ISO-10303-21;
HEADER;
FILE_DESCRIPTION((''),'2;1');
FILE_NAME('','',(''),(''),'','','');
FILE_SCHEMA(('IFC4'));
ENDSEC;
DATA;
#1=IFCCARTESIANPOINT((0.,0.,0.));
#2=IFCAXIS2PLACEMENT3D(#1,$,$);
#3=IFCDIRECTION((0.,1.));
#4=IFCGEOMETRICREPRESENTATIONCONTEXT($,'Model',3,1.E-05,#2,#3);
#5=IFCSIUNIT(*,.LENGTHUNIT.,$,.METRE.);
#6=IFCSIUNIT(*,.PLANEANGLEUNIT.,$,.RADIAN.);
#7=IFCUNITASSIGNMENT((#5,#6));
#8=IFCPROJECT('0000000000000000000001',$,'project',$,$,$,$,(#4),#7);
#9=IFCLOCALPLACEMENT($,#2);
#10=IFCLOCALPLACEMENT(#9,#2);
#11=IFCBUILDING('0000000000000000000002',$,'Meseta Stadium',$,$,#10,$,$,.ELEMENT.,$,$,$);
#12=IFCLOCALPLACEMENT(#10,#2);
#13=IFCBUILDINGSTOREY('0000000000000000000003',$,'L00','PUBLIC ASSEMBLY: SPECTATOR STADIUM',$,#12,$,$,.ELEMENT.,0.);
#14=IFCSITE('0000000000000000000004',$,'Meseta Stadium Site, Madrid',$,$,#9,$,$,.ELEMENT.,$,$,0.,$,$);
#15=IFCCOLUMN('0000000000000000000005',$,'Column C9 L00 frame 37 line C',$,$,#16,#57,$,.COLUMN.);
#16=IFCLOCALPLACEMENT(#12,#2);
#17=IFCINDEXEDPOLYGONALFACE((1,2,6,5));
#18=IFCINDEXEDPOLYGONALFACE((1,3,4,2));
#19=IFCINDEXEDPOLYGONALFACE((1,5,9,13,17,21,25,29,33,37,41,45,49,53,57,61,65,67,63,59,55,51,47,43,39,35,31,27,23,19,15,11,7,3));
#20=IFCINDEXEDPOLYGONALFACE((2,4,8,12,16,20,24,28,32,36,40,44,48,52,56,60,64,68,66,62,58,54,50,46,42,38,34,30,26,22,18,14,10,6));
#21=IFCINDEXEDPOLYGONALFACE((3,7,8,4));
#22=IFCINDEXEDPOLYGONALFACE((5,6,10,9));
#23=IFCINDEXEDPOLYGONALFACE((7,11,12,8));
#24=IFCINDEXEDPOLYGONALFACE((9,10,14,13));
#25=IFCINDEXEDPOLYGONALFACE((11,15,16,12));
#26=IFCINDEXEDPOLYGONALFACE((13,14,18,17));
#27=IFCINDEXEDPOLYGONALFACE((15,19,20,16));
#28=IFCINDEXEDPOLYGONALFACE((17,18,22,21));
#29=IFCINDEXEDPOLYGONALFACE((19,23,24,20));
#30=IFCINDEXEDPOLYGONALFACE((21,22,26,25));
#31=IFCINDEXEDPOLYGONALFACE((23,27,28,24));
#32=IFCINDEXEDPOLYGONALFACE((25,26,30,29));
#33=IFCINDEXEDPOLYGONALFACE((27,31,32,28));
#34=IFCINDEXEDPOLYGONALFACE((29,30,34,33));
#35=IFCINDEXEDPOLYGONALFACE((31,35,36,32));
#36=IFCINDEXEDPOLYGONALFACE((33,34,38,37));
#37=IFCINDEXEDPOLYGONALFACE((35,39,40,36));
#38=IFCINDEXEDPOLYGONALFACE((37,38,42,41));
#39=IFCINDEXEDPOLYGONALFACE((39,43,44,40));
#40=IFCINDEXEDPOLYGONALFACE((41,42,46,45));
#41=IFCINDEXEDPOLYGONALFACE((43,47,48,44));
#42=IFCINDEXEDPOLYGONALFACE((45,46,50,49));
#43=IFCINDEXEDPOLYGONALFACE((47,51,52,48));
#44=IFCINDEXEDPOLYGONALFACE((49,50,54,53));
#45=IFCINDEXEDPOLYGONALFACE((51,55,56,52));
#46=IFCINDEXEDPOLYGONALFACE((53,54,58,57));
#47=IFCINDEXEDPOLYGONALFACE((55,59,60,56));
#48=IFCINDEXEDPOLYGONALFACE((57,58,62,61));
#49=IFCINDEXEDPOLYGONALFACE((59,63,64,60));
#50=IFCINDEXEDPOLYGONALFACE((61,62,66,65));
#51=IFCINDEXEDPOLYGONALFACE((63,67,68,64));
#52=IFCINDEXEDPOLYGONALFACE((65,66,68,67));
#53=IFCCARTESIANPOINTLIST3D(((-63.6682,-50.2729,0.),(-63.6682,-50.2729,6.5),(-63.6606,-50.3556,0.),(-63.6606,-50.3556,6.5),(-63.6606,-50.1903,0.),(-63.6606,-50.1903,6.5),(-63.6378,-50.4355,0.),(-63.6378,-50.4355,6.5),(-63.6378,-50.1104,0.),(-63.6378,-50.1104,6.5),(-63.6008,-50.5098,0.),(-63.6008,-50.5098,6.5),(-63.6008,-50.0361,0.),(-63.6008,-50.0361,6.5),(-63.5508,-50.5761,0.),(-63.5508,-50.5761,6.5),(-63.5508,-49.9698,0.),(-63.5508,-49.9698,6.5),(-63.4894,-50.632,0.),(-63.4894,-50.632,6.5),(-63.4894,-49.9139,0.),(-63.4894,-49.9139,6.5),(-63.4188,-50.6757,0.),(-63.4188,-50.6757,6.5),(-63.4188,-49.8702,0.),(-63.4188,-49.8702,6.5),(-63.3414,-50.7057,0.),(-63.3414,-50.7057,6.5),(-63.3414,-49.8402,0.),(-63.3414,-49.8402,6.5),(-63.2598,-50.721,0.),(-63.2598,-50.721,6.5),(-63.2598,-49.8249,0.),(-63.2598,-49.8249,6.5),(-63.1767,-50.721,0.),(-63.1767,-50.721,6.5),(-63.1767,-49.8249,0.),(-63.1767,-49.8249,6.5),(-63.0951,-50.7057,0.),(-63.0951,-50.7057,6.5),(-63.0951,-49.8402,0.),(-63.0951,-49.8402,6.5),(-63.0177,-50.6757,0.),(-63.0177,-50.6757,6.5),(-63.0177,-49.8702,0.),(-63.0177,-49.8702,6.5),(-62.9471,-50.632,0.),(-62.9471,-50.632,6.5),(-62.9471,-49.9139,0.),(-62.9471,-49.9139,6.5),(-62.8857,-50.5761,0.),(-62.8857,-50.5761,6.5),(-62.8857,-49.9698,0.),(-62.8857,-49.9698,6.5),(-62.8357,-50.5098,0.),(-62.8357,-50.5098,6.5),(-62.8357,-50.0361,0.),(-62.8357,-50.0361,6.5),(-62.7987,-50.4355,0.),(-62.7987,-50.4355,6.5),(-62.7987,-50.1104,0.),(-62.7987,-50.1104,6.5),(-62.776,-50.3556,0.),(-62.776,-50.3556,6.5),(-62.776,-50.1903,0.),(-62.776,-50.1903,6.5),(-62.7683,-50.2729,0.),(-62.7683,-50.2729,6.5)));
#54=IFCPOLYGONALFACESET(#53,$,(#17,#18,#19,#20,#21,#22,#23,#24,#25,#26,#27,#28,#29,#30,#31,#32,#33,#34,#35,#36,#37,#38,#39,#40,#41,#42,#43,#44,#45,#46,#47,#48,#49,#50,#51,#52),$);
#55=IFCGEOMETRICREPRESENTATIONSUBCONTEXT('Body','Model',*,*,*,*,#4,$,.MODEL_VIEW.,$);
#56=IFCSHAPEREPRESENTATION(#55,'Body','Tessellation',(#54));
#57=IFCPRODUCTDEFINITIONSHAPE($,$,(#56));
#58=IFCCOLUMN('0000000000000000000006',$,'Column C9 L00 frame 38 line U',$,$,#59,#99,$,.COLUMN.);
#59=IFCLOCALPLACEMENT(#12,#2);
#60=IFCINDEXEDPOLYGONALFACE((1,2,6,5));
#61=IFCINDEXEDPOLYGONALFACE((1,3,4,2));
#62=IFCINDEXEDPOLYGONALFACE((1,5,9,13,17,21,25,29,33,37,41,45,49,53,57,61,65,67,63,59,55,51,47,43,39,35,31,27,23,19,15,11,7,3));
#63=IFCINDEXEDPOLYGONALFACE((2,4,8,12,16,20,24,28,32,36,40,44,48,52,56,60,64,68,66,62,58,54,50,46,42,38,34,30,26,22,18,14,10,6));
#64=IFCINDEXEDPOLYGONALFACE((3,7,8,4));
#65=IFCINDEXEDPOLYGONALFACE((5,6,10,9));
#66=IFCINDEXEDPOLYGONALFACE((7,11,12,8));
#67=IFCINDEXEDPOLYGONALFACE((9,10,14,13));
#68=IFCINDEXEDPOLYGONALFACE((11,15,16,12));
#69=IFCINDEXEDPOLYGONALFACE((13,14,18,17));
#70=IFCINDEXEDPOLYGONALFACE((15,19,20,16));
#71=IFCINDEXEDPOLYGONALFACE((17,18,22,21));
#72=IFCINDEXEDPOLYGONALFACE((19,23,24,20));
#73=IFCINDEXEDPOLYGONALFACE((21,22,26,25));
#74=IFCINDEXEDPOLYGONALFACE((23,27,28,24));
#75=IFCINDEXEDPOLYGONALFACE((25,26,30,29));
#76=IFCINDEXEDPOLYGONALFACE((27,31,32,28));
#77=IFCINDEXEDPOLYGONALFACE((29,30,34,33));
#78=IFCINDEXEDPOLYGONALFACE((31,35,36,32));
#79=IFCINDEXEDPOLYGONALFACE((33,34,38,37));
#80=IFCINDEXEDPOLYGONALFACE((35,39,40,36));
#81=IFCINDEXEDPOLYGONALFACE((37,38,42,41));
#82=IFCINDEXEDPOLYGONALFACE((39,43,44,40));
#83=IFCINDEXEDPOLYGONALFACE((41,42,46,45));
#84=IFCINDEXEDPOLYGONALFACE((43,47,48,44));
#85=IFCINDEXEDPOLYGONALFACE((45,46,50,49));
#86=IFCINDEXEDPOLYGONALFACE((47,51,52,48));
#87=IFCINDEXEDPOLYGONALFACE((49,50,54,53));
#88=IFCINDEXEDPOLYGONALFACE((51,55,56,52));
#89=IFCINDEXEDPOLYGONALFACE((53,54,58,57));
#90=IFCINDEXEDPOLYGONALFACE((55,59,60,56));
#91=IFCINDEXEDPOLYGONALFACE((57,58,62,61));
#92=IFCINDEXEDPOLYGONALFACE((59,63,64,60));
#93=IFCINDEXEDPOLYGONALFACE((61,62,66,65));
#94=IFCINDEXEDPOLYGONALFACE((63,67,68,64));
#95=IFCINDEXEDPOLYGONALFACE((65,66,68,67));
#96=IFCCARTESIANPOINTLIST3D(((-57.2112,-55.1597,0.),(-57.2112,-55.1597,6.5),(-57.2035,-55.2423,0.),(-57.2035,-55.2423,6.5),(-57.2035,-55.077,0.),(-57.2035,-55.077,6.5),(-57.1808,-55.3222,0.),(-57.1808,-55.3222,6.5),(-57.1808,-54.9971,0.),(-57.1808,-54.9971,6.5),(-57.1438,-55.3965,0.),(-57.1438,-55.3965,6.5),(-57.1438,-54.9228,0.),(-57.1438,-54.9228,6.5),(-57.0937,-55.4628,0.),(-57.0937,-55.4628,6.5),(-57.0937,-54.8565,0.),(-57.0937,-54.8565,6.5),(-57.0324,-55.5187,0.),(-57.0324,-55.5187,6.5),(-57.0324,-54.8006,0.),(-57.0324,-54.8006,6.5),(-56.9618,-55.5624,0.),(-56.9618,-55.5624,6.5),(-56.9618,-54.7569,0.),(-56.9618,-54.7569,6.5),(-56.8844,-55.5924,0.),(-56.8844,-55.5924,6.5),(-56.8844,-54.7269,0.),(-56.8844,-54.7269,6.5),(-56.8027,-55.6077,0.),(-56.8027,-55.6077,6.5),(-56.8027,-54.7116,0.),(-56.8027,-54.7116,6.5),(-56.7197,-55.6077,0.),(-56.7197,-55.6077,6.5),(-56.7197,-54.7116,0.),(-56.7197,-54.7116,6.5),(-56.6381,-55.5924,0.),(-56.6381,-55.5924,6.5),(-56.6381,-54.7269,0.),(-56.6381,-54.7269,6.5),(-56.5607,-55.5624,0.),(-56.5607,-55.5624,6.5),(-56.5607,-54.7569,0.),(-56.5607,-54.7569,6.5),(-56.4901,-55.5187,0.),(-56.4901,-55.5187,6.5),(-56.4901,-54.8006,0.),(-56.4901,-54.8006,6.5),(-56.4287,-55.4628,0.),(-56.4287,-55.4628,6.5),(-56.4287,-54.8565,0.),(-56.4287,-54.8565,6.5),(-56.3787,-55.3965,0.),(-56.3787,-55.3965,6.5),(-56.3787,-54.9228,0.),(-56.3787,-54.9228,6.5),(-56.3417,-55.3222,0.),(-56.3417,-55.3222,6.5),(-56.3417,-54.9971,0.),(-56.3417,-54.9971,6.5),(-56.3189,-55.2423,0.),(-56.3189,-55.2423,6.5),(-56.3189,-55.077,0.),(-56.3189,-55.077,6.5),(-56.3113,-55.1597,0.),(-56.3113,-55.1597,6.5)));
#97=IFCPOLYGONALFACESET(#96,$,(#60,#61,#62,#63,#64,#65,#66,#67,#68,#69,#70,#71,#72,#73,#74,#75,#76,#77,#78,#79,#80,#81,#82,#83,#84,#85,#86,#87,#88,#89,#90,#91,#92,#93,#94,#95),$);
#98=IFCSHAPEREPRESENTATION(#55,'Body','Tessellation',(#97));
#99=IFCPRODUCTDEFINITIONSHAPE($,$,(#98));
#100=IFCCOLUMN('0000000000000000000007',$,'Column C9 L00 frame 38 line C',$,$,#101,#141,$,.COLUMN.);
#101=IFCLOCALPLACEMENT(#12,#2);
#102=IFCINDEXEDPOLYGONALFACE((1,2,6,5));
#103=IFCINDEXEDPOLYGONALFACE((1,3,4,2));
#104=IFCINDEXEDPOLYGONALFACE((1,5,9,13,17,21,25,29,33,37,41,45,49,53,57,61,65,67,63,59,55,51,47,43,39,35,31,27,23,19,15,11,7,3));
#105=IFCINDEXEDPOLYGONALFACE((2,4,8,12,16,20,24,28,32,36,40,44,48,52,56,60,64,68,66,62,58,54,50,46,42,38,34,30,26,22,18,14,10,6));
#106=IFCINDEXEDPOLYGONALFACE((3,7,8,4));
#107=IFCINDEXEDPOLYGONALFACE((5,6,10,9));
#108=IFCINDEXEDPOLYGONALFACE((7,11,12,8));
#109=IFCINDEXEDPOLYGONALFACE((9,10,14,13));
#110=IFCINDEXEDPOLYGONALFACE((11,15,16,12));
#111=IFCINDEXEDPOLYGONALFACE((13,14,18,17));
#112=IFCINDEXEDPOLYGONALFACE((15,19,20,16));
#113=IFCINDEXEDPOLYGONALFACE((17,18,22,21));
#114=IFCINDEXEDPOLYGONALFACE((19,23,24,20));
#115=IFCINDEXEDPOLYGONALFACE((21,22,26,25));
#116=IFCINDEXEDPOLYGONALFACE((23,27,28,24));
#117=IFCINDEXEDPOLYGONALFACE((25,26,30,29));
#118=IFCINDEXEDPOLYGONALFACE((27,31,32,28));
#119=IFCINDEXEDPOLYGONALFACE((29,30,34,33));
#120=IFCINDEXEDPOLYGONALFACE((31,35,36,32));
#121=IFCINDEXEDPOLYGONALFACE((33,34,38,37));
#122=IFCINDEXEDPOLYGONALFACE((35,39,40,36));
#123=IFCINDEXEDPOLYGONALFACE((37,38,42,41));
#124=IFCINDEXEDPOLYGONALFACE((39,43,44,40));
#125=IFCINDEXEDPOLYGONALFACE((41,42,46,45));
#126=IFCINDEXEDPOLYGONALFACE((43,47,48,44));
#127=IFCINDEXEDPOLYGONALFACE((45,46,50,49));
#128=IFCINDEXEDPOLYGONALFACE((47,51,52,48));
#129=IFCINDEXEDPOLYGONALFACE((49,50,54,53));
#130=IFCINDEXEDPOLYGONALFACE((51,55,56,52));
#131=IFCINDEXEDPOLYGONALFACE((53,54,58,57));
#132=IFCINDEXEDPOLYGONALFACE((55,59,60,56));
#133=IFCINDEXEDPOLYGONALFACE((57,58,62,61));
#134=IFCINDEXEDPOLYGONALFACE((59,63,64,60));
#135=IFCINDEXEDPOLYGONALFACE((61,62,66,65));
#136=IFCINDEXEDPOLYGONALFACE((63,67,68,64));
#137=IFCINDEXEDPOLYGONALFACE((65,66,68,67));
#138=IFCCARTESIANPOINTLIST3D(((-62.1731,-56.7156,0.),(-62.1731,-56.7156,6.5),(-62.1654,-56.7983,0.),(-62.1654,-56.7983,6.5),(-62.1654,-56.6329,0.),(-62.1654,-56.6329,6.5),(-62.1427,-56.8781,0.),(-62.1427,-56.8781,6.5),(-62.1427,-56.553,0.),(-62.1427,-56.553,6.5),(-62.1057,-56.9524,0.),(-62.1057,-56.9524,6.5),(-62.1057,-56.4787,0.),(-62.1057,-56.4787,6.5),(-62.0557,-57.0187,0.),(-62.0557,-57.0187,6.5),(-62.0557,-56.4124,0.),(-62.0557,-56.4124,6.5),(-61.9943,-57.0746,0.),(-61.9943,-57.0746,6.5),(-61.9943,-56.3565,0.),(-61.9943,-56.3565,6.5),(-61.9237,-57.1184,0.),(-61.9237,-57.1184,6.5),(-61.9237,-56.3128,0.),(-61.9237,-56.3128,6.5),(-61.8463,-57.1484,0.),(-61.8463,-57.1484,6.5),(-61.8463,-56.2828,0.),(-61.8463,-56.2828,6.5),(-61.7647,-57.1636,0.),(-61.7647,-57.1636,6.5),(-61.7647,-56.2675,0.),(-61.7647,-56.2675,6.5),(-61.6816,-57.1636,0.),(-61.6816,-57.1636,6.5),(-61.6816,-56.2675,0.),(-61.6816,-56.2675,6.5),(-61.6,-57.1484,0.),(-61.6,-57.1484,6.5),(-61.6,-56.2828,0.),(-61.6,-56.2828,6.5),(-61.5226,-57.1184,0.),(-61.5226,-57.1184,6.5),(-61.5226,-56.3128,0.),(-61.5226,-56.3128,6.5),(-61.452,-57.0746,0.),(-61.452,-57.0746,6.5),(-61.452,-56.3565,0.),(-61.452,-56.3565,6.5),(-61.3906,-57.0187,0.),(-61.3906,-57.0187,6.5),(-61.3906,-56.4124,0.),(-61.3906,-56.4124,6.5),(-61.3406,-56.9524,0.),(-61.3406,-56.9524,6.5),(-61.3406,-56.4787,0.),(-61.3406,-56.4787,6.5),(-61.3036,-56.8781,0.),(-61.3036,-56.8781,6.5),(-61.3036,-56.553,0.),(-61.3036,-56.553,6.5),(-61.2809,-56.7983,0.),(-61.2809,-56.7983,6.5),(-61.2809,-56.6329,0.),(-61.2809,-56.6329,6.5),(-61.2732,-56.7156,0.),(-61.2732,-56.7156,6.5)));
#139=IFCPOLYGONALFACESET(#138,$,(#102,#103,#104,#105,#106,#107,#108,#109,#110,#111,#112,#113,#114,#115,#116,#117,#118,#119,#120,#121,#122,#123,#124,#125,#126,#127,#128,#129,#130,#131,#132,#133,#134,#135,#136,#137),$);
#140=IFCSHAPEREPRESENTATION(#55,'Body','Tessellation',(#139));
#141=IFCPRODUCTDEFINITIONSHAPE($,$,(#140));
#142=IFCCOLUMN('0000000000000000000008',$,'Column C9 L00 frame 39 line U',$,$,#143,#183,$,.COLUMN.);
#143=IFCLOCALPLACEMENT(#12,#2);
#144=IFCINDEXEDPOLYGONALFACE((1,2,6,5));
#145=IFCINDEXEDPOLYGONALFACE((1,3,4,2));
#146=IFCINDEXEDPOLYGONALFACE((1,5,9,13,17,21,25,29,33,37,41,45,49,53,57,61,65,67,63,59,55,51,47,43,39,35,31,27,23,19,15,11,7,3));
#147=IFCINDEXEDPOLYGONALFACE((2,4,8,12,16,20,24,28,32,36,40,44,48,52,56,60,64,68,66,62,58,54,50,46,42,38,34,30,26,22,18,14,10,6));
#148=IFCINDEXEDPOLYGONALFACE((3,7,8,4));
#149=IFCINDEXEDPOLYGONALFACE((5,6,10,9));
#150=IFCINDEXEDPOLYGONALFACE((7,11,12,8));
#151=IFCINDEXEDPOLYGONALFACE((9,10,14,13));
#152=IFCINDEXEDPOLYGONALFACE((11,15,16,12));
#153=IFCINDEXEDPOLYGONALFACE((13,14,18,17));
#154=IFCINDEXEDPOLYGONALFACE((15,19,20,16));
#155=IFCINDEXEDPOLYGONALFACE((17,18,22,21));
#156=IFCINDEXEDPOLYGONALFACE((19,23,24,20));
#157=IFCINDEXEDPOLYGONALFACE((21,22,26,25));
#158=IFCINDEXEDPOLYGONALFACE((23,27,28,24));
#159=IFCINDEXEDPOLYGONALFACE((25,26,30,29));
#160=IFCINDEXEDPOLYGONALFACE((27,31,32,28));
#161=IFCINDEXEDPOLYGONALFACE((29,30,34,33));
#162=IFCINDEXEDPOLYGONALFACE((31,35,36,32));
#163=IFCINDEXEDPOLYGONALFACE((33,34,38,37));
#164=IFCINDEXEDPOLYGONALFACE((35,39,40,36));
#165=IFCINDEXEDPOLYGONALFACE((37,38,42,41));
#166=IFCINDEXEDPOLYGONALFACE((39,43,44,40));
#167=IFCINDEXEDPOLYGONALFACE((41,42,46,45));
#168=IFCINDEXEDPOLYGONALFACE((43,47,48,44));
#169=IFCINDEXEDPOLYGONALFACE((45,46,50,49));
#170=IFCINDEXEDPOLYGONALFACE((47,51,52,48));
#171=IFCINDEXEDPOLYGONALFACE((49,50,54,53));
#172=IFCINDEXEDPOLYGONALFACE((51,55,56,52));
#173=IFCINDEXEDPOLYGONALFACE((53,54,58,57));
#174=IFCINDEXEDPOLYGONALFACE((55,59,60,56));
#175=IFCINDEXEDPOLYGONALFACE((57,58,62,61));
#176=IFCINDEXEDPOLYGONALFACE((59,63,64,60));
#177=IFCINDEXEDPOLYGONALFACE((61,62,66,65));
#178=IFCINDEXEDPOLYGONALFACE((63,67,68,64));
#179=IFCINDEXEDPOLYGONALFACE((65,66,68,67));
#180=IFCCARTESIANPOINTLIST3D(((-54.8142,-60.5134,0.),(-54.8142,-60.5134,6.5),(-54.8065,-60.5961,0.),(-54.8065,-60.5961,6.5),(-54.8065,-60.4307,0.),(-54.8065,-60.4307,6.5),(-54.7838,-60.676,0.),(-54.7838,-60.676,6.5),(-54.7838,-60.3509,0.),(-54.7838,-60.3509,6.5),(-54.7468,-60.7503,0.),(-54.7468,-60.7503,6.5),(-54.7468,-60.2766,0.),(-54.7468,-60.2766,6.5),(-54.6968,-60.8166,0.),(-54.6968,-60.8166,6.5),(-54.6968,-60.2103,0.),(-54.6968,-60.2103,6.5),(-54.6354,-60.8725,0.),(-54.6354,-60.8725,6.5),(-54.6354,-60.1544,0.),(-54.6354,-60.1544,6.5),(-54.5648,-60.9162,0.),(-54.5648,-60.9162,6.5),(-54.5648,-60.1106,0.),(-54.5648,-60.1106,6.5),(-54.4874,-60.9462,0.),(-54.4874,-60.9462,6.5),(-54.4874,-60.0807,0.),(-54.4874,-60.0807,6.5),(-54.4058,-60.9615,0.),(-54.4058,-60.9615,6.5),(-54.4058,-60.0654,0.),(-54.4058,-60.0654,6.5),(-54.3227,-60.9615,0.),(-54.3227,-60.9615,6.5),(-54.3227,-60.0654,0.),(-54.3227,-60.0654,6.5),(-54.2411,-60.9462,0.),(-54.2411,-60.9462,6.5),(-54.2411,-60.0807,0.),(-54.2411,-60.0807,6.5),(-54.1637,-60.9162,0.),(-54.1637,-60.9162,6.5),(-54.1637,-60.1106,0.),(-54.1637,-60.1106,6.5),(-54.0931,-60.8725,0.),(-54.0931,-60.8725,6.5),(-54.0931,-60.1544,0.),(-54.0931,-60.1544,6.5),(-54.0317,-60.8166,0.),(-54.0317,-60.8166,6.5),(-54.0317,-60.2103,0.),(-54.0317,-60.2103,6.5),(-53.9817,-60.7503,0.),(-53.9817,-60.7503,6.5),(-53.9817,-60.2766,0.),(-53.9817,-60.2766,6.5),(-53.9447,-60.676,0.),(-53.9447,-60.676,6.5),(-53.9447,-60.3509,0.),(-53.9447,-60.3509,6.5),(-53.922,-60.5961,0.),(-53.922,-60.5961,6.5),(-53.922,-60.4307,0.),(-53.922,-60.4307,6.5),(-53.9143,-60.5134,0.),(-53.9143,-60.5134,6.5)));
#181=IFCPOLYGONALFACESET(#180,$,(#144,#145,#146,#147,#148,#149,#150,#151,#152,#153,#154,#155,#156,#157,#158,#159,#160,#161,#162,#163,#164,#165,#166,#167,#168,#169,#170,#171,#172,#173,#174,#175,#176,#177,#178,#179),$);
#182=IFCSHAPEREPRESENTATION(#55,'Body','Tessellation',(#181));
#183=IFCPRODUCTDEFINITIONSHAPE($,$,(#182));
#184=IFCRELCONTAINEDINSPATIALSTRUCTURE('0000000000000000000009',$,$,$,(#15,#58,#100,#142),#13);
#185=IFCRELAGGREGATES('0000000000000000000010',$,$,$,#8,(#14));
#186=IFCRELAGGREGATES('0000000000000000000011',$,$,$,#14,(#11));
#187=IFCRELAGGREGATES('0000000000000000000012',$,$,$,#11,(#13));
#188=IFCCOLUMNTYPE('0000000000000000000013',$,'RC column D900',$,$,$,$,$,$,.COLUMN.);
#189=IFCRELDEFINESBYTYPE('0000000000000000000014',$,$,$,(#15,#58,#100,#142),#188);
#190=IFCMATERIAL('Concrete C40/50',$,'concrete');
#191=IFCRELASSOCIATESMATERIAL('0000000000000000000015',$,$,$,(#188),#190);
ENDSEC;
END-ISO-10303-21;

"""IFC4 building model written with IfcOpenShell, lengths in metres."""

from ifc_helpers import new_model, si_unit, direction, frame, origin, origin_2d, place, context, subcontext, project, spatial, circle, extrude, material, material_profile, profile_set, type_object, element, save


model = new_model("IFC4")

# Units and contexts
model_context = context("Model", 3, precision=1e-05, world=origin(), true_north=direction((0.0, 1.0)))
body_context = subcontext(model_context, "Body", "Model", "MODEL_VIEW")
ifc_project = project(units=[si_unit("LENGTHUNIT", "METRE"), si_unit("PLANEANGLEUNIT", "RADIAN")], contexts=[model_context])

# Site, building, storey
site_placement = place(None, origin())
site = spatial("IfcSite", under=ifc_project, at=site_placement, Name="Meseta Stadium Site, Madrid", CompositionType="ELEMENT", RefElevation=0.0)
building_placement = place(site_placement, origin())
building = spatial("IfcBuilding", under=site, at=building_placement, Name="Meseta Stadium", CompositionType="ELEMENT")
storey_placement = place(building_placement, origin())
storey = spatial("IfcBuildingStorey", under=building, at=storey_placement, Name="L00", Description="PUBLIC ASSEMBLY: SPECTATOR STADIUM", CompositionType="ELEMENT", Elevation=0.0)

# Columns
ifc_material_1 = material(Name="Concrete C40/50", Category="concrete")
ifc_material_profile_1 = material_profile(ifc_material_1, circle(Radius=0.45, at=origin_2d()), Name="RC D900")
ifc_profile_set_1 = profile_set([ifc_material_profile_1], Name="Concrete C40/50")
column_type_1 = type_object("IfcColumnType", Name="RC column D900", PredefinedType="COLUMN", material=ifc_profile_set_1)
for number, where, z_axis, x_axis, name in (
    (1, (-63.2183, -50.2729, 0.0), (0.0, 0.0, 1.0), (1.0, 0.0, 0.0), "Column C9 L00 frame 37 line C"),
    (2, (-56.7612, -55.1597, 0.0), (0.0, 0.0, 1.0), (1.0, 0.0, 0.0), "Column C9 L00 frame 38 line U"),
    (3, (-61.7231, -56.7156, 0.0), (0.0, 0.0, 1.0), (1.0, 0.0, 0.0), "Column C9 L00 frame 38 line C"),
    (4, (-54.3643, -60.5134, 0.0), (0.0, 0.0, 1.0), (1.0, 0.0, 0.0), "Column C9 L00 frame 39 line U"),
):
    element("IfcColumn", number, at=place(storey_placement, frame(where, z_axis=z_axis, x_axis=x_axis)), inside=storey, type_object=column_type_1, Name=name, PredefinedType="COLUMN", context=body_context, shape_type="SweptSolid", body=[
        extrude(circle(Radius=0.45, at=origin_2d()), origin(), (0.0, 0.0, 1.0), 6.5),
    ])

save(model, "model.ifc")
